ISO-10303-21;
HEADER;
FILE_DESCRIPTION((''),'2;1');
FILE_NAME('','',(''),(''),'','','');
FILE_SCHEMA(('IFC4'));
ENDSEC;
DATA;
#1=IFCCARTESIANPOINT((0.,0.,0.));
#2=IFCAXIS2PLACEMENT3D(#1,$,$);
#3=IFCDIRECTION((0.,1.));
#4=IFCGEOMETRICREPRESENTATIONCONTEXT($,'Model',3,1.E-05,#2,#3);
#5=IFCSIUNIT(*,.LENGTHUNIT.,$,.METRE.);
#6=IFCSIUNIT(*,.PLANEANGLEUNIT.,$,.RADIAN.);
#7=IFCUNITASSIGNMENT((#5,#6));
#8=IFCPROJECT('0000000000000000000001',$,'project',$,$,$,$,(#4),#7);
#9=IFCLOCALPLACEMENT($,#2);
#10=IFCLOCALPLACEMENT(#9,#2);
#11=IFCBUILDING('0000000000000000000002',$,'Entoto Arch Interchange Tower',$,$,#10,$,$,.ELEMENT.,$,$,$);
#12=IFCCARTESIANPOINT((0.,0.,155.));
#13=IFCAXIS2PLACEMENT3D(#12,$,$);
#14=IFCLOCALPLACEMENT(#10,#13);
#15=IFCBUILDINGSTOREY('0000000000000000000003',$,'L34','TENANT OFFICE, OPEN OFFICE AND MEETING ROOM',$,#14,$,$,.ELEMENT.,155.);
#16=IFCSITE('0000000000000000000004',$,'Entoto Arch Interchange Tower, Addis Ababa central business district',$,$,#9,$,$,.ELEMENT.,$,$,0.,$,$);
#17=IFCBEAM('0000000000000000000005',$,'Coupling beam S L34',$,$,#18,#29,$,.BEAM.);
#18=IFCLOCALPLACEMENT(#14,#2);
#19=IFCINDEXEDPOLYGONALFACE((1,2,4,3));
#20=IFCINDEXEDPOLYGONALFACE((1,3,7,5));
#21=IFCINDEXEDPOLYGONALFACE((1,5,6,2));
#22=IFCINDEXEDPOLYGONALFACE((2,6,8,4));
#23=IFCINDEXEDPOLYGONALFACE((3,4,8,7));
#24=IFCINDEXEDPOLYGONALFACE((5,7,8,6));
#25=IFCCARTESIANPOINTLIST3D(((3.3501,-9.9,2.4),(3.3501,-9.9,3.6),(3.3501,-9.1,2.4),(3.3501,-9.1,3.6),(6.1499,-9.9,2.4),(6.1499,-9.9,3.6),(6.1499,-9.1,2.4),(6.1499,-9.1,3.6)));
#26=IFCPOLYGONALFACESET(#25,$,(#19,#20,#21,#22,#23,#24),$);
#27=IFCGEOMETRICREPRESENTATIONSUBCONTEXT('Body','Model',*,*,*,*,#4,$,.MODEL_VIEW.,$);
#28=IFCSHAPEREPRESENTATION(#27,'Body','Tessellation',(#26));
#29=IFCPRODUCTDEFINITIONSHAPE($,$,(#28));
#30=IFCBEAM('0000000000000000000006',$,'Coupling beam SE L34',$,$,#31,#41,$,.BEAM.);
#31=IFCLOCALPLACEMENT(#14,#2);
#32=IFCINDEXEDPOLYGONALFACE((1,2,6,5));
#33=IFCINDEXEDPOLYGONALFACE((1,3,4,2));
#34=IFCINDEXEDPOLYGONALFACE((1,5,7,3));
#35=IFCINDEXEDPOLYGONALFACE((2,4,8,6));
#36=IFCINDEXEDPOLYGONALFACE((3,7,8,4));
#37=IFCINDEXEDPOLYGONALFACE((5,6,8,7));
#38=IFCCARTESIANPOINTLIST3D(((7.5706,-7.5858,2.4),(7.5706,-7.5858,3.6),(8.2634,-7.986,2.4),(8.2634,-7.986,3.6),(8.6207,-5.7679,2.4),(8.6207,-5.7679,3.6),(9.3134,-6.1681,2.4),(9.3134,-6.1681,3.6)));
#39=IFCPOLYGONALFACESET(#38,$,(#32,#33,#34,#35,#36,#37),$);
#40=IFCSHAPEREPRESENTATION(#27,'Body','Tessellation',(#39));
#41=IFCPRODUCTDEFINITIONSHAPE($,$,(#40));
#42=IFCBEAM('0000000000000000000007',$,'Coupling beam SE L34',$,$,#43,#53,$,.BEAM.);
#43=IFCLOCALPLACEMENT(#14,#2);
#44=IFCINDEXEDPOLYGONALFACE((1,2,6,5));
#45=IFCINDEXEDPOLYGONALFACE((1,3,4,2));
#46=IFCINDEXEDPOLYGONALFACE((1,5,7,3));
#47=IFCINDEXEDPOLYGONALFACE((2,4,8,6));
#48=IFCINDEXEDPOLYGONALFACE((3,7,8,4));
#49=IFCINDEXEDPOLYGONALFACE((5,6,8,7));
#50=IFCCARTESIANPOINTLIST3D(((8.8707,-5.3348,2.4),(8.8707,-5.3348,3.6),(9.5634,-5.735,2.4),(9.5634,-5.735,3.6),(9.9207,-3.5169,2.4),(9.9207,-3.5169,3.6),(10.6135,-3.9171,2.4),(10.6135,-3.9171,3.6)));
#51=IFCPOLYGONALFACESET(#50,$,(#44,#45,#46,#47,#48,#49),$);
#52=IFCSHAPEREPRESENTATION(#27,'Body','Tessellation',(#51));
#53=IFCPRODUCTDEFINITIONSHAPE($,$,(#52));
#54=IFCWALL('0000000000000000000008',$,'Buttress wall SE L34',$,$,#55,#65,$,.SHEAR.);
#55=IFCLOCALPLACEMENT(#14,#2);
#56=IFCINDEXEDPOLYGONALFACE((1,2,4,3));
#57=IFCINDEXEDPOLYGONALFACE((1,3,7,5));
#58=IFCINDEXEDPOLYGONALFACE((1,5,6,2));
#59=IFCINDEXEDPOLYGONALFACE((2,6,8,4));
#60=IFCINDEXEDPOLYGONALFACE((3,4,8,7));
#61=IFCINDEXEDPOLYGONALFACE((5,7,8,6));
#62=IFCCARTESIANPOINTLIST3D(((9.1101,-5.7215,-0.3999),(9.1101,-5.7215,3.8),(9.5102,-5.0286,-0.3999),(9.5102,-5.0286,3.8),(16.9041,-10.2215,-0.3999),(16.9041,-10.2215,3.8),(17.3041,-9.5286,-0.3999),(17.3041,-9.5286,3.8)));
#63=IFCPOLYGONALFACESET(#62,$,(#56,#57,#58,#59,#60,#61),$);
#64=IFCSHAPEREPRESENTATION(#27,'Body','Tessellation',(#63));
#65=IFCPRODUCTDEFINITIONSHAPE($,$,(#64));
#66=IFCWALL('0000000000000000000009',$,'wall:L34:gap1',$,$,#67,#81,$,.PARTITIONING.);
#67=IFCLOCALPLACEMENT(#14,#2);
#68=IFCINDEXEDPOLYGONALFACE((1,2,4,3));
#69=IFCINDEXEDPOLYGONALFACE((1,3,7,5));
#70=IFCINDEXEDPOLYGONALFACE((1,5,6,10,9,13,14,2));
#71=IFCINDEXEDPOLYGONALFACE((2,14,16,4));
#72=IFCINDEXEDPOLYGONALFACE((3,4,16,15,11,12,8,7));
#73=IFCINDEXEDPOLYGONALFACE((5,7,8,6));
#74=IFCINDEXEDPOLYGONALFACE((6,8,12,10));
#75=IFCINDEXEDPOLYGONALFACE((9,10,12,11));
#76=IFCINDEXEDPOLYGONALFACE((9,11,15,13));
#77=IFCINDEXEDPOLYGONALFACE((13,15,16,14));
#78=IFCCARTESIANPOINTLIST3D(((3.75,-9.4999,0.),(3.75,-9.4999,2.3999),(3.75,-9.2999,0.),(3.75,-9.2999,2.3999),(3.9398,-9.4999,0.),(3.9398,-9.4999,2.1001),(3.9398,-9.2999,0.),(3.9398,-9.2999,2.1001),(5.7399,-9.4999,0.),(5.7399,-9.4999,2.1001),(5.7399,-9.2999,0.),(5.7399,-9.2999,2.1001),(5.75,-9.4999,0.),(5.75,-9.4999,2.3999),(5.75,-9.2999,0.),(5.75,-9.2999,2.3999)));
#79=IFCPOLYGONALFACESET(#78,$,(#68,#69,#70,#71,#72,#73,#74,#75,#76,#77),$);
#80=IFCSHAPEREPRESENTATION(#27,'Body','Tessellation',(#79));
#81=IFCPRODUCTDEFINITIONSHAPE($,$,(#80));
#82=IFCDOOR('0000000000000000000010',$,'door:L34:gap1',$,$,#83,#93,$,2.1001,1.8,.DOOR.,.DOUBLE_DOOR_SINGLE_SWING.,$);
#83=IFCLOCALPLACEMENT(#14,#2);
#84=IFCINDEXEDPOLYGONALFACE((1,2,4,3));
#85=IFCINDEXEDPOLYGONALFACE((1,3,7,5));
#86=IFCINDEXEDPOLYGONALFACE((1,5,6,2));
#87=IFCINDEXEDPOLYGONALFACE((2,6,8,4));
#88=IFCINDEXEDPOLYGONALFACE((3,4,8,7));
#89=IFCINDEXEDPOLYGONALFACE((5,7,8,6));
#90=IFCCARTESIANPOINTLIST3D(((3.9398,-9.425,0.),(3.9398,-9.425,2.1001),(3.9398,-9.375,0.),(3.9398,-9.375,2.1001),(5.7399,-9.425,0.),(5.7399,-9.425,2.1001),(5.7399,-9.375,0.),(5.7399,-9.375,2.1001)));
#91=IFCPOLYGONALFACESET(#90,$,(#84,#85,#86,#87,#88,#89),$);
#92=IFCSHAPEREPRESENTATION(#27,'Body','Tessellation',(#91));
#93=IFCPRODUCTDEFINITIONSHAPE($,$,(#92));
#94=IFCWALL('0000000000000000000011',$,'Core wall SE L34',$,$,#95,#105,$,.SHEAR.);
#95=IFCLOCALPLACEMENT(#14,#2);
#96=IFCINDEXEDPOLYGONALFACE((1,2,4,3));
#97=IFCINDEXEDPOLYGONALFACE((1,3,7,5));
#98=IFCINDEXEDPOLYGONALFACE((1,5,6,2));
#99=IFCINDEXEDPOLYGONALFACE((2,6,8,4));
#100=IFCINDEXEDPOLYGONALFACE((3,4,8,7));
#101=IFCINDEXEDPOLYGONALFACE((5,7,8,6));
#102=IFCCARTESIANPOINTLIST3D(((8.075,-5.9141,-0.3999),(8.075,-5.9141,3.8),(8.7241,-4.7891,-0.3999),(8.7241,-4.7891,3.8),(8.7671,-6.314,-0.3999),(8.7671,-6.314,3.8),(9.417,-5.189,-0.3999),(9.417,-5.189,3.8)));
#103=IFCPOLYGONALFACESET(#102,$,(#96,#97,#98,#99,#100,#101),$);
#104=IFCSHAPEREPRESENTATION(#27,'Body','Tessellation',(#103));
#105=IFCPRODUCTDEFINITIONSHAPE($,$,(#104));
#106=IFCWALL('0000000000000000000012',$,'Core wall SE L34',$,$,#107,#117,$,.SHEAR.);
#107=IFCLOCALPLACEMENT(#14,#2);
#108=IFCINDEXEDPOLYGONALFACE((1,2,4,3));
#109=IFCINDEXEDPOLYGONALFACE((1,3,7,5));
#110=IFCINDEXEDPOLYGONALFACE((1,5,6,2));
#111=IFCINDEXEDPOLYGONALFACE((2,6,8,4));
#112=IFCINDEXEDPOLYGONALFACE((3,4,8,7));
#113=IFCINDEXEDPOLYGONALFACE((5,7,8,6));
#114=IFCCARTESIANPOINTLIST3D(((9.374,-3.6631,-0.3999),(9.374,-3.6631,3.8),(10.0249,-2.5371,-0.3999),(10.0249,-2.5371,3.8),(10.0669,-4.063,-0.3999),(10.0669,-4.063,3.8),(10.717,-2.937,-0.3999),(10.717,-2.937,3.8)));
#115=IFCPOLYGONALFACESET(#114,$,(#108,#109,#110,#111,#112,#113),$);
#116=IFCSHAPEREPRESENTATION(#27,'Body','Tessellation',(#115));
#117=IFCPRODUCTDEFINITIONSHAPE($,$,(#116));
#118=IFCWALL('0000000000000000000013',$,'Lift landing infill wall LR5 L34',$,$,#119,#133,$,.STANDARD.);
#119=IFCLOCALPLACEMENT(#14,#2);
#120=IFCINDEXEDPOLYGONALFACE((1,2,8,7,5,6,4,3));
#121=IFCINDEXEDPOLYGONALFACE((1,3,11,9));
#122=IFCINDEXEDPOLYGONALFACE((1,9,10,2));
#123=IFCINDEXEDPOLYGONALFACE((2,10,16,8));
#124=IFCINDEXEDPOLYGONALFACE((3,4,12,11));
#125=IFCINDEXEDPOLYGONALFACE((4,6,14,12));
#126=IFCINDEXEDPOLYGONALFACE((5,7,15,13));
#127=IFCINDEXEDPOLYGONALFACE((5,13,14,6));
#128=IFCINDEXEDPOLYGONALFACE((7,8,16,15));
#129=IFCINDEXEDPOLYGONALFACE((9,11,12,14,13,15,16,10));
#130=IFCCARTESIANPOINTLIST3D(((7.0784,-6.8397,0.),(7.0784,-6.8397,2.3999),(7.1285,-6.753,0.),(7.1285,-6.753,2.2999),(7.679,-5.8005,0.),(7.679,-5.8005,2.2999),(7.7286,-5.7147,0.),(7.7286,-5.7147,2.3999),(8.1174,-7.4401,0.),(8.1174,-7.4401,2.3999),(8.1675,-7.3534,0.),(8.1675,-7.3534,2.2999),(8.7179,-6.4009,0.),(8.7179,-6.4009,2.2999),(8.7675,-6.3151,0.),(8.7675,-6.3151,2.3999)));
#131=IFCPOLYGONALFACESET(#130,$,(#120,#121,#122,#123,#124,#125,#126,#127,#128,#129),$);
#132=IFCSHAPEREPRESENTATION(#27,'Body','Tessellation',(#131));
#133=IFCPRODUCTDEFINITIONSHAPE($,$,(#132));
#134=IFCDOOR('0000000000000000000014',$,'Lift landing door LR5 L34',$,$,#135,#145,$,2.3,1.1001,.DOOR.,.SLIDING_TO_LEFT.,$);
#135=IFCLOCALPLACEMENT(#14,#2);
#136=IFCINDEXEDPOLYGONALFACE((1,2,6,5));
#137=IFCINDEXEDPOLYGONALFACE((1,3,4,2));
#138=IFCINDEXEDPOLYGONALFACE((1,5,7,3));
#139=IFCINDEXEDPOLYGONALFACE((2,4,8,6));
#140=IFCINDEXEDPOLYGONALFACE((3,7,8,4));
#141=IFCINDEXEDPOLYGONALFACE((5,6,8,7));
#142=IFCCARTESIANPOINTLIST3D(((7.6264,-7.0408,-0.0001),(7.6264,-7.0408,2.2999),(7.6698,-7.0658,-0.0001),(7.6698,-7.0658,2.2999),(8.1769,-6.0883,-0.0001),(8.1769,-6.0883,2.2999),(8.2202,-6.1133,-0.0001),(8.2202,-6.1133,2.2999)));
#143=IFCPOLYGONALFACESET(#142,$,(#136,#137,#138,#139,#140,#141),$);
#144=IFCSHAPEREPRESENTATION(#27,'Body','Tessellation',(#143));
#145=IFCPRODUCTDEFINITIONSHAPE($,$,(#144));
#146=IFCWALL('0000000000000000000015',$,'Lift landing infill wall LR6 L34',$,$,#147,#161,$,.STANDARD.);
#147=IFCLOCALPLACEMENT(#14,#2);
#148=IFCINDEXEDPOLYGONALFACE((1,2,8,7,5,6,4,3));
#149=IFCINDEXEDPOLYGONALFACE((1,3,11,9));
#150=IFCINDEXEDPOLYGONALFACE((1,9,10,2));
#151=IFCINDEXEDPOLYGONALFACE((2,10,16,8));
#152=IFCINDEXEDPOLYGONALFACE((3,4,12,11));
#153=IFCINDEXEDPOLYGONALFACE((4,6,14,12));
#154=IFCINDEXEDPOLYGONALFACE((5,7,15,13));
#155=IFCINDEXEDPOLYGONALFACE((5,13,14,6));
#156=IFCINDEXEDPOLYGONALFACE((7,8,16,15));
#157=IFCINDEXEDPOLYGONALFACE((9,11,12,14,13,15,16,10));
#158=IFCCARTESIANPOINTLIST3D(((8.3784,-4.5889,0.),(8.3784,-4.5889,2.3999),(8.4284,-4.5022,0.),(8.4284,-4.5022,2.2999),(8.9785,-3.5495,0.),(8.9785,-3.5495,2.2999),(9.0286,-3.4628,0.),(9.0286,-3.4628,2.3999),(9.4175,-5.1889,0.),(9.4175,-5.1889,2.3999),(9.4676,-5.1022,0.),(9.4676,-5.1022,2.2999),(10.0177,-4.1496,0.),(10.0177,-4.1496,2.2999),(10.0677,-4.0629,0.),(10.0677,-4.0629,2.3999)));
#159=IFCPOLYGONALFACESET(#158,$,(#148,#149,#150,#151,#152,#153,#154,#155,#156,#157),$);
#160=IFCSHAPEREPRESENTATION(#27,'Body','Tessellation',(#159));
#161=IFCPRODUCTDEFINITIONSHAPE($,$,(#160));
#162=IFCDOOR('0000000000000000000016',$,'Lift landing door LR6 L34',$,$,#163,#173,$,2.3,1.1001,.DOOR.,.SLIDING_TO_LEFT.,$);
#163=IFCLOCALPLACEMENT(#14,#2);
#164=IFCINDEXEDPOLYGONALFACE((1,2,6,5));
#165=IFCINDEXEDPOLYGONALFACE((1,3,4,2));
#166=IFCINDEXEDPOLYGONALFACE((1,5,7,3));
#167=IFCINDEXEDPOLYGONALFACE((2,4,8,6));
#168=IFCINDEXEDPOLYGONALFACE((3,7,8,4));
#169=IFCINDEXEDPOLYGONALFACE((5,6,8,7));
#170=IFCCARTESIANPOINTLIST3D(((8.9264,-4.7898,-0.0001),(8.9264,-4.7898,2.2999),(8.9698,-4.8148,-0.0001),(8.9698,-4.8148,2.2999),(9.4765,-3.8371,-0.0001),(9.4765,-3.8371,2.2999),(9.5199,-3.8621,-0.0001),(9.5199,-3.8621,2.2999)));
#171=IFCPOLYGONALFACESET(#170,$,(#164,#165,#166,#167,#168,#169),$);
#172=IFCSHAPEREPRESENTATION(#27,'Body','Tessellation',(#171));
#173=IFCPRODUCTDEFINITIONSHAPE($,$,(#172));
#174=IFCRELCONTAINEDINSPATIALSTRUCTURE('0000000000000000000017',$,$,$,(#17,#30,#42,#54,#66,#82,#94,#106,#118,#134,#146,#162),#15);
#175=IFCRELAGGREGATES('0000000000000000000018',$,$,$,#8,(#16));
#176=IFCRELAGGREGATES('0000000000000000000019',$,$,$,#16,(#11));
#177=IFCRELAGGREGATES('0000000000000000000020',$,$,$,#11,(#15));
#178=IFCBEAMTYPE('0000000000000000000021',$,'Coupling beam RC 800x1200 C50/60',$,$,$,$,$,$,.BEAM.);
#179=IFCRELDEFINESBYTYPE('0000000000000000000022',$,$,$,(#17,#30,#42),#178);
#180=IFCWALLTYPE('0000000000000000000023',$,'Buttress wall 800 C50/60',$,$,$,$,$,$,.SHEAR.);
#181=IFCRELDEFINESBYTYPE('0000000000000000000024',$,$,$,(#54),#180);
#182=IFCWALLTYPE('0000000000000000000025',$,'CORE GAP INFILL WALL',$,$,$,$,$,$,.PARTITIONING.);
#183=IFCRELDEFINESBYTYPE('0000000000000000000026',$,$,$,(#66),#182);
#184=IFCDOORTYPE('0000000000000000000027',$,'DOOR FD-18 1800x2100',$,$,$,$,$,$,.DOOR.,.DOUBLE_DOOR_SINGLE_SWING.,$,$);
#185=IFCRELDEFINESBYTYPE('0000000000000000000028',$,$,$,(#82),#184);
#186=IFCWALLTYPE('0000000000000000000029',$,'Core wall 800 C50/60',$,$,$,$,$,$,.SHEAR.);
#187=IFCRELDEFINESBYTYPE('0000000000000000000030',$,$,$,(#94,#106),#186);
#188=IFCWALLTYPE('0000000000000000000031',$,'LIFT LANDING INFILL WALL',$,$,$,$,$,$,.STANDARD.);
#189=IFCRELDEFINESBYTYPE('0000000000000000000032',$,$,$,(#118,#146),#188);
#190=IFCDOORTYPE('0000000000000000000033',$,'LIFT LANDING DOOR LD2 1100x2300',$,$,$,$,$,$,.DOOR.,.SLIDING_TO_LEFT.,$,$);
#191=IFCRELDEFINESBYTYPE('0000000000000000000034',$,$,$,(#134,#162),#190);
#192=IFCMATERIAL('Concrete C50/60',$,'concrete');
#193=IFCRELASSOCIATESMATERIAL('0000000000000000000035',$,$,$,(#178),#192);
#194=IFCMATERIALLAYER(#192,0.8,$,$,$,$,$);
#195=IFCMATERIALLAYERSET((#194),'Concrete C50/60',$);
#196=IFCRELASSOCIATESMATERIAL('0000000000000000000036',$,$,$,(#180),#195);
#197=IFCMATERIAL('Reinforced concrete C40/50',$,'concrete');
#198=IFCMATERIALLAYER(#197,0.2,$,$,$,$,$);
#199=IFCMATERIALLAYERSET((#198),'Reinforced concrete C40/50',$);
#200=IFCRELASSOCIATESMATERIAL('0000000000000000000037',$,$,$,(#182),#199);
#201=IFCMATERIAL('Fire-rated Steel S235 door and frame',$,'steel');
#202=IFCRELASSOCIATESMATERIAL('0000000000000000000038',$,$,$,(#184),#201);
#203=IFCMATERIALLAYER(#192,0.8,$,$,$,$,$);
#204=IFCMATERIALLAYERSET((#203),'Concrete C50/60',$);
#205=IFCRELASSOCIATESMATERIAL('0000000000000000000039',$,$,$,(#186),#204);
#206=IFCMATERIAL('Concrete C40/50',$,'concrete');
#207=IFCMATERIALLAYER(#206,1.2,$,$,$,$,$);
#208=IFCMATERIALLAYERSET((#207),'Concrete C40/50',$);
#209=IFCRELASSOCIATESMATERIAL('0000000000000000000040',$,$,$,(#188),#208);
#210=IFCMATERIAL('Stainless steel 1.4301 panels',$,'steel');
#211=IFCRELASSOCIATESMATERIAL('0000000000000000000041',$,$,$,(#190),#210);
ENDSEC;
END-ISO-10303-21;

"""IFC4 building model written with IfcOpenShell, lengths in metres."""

from ifc_helpers import new_model, si_unit, direction, frame, frame_2d, origin, origin_2d, place, context, subcontext, project, spatial, polyline, rectangle, outline, extrude, material, layer, layer_set, material_profile, profile_set, type_object, element, fill, save


model = new_model("IFC4")

# Units and contexts
model_context = context("Model", 3, precision=1e-05, world=origin(), true_north=direction((0.0, 1.0)))
body_context = subcontext(model_context, "Body", "Model", "MODEL_VIEW")
ifc_project = project(units=[si_unit("LENGTHUNIT", "METRE"), si_unit("PLANEANGLEUNIT", "RADIAN")], contexts=[model_context])

# Site, building, storey
site_placement = place(None, origin())
site = spatial("IfcSite", under=ifc_project, at=site_placement, Name="Entoto Arch Interchange Tower, Addis Ababa central business district", CompositionType="ELEMENT", RefElevation=0.0)
building_placement = place(site_placement, origin())
building = spatial("IfcBuilding", under=site, at=building_placement, Name="Entoto Arch Interchange Tower", CompositionType="ELEMENT")
storey_placement = place(building_placement, frame((0.0, 0.0, 155.0)))
storey = spatial("IfcBuildingStorey", under=building, at=storey_placement, Name="L34", Description="TENANT OFFICE, OPEN OFFICE AND MEETING ROOM", CompositionType="ELEMENT", Elevation=155.0)

# Beams
ifc_material_1 = material(Name="Concrete C50/60", Category="concrete")
ifc_material_profile = material_profile(ifc_material_1, rectangle(XDim=0.8, YDim=1.2, at=origin_2d()))
ifc_profile_set = profile_set([ifc_material_profile], Name="Concrete C50/60")
beam_type = type_object("IfcBeamType", Name="Coupling beam RC 800x1200 C50/60", PredefinedType="BEAM", material=ifc_profile_set)
beam_placement = place(storey_placement, frame((3.3501, -9.5, 3.0), z_axis=(1.0, 0.0, 0.0), x_axis=(0.0, 1.0, 0.0)))
element("IfcBeam", 1, at=beam_placement, inside=storey, type_object=beam_type, Name="Coupling beam S L34", PredefinedType="BEAM", context=body_context, shape_type="SweptSolid", body=[
    extrude(rectangle(XDim=0.8, YDim=1.2, at=origin_2d()), origin(), (0.0, 0.0, 1.0), 2.7998),
])
for number, where, z_axis, x_axis, name in (
    (2, (7.917, -7.7859, 3.0), (0.500179, 0.865922, 0.0), (-0.865922, 0.500179, 0.0), "Coupling beam SE L34"),
    (3, (9.217, -5.5349, 3.0), (0.500179, 0.865922, 0.0), (-0.865922, 0.500179, 0.0), "Coupling beam SE L34"),
):
    element("IfcBeam", number, at=place(storey_placement, frame(where, z_axis=z_axis, x_axis=x_axis)), inside=storey, type_object=beam_type, Name=name, PredefinedType="BEAM", context=body_context, shape_type="SweptSolid", body=[
        extrude(rectangle(XDim=0.8, YDim=1.2, at=origin_2d()), origin(), (0.0, 0.0, 1.0), 2.0994),
    ])

# Wall
ifc_layer_1 = layer(ifc_material_1, 0.8)
ifc_layer_set_1 = layer_set([ifc_layer_1], Name="Concrete C50/60")
wall_type_1 = type_object("IfcWallType", Name="Buttress wall 800 C50/60", PredefinedType="SHEAR", material=ifc_layer_set_1)
wall_1_placement = place(storey_placement, frame((9.3101, -5.375, -0.3999), z_axis=(0.0, 0.0, 1.0), x_axis=(0.866018, -0.500014, 0.0)))
element("IfcWall", 4, at=wall_1_placement, inside=storey, type_object=wall_type_1, Name="Buttress wall SE L34", PredefinedType="SHEAR", context=body_context, shape_type="SweptSolid", body=[
    extrude(rectangle(XDim=8.9998, YDim=0.8, at=frame_2d((4.5, 0.0))), origin(), (0.0, 0.0, 1.0), 4.2),
])

# Wall, opening, door
ifc_material_2 = material(Name="Reinforced concrete C40/50", Category="concrete")
ifc_layer_2 = layer(ifc_material_2, 0.2)
ifc_layer_set_2 = layer_set([ifc_layer_2], Name="Reinforced concrete C40/50")
wall_type_2 = type_object("IfcWallType", Name="CORE GAP INFILL WALL", PredefinedType="PARTITIONING", material=ifc_layer_set_2)
wall_2_placement = place(storey_placement, frame((3.75, -9.3999, 0.0), z_axis=(0.0, 0.0, 1.0), x_axis=(1.0, 0.0, 0.0)))
wall_2 = element("IfcWall", 5, at=wall_2_placement, inside=storey, type_object=wall_type_2, Name="wall:L34:gap1", PredefinedType="PARTITIONING", context=body_context, shape_type="SweptSolid", body=[
    extrude(rectangle(XDim=2.0, YDim=0.2, at=frame_2d((1.0, 0.0))), origin(), (0.0, 0.0, 1.0), 2.3999),
])
opening_1_placement = place(wall_2_placement, frame((0.1899, 0.0, 0.0)))
opening_1 = element("IfcOpeningElement", 6, at=opening_1_placement, cuts=wall_2, PredefinedType="OPENING", context=body_context, shape_type="SweptSolid", body=[
    extrude(rectangle(XDim=1.8, YDim=2.1001, at=frame_2d((0.8999, 1.05))), frame((0.0, 0.1099, 0.0), z_axis=(0.0, -1.0, 0.0), x_axis=(1.0, 0.0, 0.0)), (0.0, 0.0, 1.0), 0.22),
])
ifc_material_3 = material(Name="Fire-rated Steel S235 door and frame", Category="steel")
door_type_1 = type_object("IfcDoorType", Name="DOOR FD-18 1800x2100", OperationType="DOUBLE_DOOR_SINGLE_SWING", PredefinedType="DOOR", material=ifc_material_3)
door_1_placement = place(opening_1_placement, origin())
door_1 = element("IfcDoor", 7, at=door_1_placement, inside=storey, type_object=door_type_1, Name="door:L34:gap1", OperationType="DOUBLE_DOOR_SINGLE_SWING", OverallHeight=2.1001, OverallWidth=1.8, PredefinedType="DOOR", context=body_context, shape_type="SweptSolid", body=[
    extrude(rectangle(XDim=1.8, YDim=2.1001, at=frame_2d((0.8999, 1.05))), frame((0.0, 0.0249, 0.0), z_axis=(0.0, -1.0, 0.0), x_axis=(1.0, 0.0, 0.0)), (0.0, 0.0, 1.0), 0.05),
])
fill(opening_1, door_1)

# Walls
ifc_layer_3 = layer(ifc_material_1, 0.8)
ifc_layer_set_3 = layer_set([ifc_layer_3], Name="Concrete C50/60")
wall_type_3 = type_object("IfcWallType", Name="Core wall 800 C50/60", PredefinedType="SHEAR", material=ifc_layer_set_3)
wall_3_placement = place(storey_placement, frame((0.0, 0.0, -0.3999)))
element("IfcWall", 8, at=wall_3_placement, inside=storey, type_object=wall_type_3, Name="Core wall SE L34", PredefinedType="SHEAR", context=body_context, shape_type="SweptSolid", body=[
    extrude(outline(polyline([(9.417, -5.189), (8.7241, -4.7891), (8.075, -5.9141), (8.7671, -6.314), (9.417, -5.189)])), origin(), (0.0, 0.0, 1.0), 4.2),
])
wall_4_placement = place(storey_placement, frame((0.0, 0.0, -0.3999)))
element("IfcWall", 9, at=wall_4_placement, inside=storey, type_object=wall_type_3, Name="Core wall SE L34", PredefinedType="SHEAR", context=body_context, shape_type="SweptSolid", body=[
    extrude(outline(polyline([(10.717, -2.937), (10.0249, -2.5371), (9.374, -3.6631), (10.0669, -4.063), (10.717, -2.937)])), origin(), (0.0, 0.0, 1.0), 4.2),
])

# Walls, openings, doors
ifc_material_4 = material(Name="Concrete C40/50", Category="concrete")
ifc_layer_4 = layer(ifc_material_4, 1.2)
ifc_layer_set_4 = layer_set([ifc_layer_4], Name="Concrete C40/50")
wall_type_4 = type_object("IfcWallType", Name="LIFT LANDING INFILL WALL", PredefinedType="STANDARD", material=ifc_layer_set_4)
wall_5_placement = place(storey_placement, frame((7.5979, -7.1399, 0.0), z_axis=(0.0, 0.0, 1.0), x_axis=(0.500362, 0.865816, 0.0)))
wall_5 = element("IfcWall", 10, at=wall_5_placement, inside=storey, type_object=wall_type_4, Name="Lift landing infill wall LR5 L34", PredefinedType="STANDARD", context=body_context, shape_type="SweptSolid", body=[
    extrude(rectangle(XDim=1.2993, YDim=1.2, at=frame_2d((0.6497, 0.0))), origin(), (0.0, 0.0, 1.0), 2.3999),
])
opening_2_placement = place(wall_5_placement, frame((0.1001, 0.0, 0.0)))
opening_2 = element("IfcOpeningElement", 11, at=opening_2_placement, cuts=wall_5, PredefinedType="OPENING", context=body_context, shape_type="SweptSolid", body=[
    extrude(rectangle(XDim=1.1001, YDim=2.3, at=frame_2d((0.55, 1.1499))), frame((0.0, 0.6099, 0.0), z_axis=(0.0, -1.0, 0.0), x_axis=(1.0, 0.0, 0.0)), (0.0, 0.0, 1.0), 1.22),
])
ifc_material_5 = material(Name="Stainless steel 1.4301 panels", Category="steel")
door_type_2 = type_object("IfcDoorType", Name="LIFT LANDING DOOR LD2 1100x2300", OperationType="SLIDING_TO_LEFT", PredefinedType="DOOR", material=ifc_material_5)
door_2_placement = place(opening_2_placement, origin())
door_2 = element("IfcDoor", 12, at=door_2_placement, inside=storey, type_object=door_type_2, Name="Lift landing door LR5 L34", OperationType="SLIDING_TO_LEFT", OverallHeight=2.3, OverallWidth=1.1001, PredefinedType="DOOR", context=body_context, shape_type="SweptSolid", body=[
    extrude(rectangle(XDim=1.1001, YDim=2.3, at=frame_2d((0.55, 1.1499))), frame((0.0, 0.0249, 0.0), z_axis=(0.0, -1.0, 0.0), x_axis=(1.0, 0.0, 0.0)), (0.0, 0.0, 1.0), 0.05),
])
fill(opening_2, door_2)
wall_6_placement = place(storey_placement, frame((8.8979, -4.8889, 0.0), z_axis=(0.0, 0.0, 1.0), x_axis=(0.500037, 0.866004, 0.0)))
wall_6 = element("IfcWall", 13, at=wall_6_placement, inside=storey, type_object=wall_type_4, Name="Lift landing infill wall LR6 L34", PredefinedType="STANDARD", context=body_context, shape_type="SweptSolid", body=[
    extrude(rectangle(XDim=1.3003, YDim=1.2, at=frame_2d((0.6501, 0.0))), origin(), (0.0, 0.0, 1.0), 2.3999),
])
opening_3_placement = place(wall_6_placement, frame((0.1001, 0.0, 0.0)))
opening_3 = element("IfcOpeningElement", 14, at=opening_3_placement, cuts=wall_6, PredefinedType="OPENING", context=body_context, shape_type="SweptSolid", body=[
    extrude(rectangle(XDim=1.1001, YDim=2.3, at=frame_2d((0.55, 1.1499))), frame((0.0, 0.6099, 0.0), z_axis=(0.0, -1.0, 0.0), x_axis=(1.0, 0.0, 0.0)), (0.0, 0.0, 1.0), 1.22),
])
door_3_placement = place(opening_3_placement, origin())
door_3 = element("IfcDoor", 15, at=door_3_placement, inside=storey, type_object=door_type_2, Name="Lift landing door LR6 L34", OperationType="SLIDING_TO_LEFT", OverallHeight=2.3, OverallWidth=1.1001, PredefinedType="DOOR", context=body_context, shape_type="SweptSolid", body=[
    extrude(rectangle(XDim=1.1001, YDim=2.3, at=frame_2d((0.55, 1.1499))), frame((0.0, 0.0249, 0.0), z_axis=(0.0, -1.0, 0.0), x_axis=(1.0, 0.0, 0.0)), (0.0, 0.0, 1.0), 0.05),
])
fill(opening_3, door_3)

save(model, "model.ifc")
